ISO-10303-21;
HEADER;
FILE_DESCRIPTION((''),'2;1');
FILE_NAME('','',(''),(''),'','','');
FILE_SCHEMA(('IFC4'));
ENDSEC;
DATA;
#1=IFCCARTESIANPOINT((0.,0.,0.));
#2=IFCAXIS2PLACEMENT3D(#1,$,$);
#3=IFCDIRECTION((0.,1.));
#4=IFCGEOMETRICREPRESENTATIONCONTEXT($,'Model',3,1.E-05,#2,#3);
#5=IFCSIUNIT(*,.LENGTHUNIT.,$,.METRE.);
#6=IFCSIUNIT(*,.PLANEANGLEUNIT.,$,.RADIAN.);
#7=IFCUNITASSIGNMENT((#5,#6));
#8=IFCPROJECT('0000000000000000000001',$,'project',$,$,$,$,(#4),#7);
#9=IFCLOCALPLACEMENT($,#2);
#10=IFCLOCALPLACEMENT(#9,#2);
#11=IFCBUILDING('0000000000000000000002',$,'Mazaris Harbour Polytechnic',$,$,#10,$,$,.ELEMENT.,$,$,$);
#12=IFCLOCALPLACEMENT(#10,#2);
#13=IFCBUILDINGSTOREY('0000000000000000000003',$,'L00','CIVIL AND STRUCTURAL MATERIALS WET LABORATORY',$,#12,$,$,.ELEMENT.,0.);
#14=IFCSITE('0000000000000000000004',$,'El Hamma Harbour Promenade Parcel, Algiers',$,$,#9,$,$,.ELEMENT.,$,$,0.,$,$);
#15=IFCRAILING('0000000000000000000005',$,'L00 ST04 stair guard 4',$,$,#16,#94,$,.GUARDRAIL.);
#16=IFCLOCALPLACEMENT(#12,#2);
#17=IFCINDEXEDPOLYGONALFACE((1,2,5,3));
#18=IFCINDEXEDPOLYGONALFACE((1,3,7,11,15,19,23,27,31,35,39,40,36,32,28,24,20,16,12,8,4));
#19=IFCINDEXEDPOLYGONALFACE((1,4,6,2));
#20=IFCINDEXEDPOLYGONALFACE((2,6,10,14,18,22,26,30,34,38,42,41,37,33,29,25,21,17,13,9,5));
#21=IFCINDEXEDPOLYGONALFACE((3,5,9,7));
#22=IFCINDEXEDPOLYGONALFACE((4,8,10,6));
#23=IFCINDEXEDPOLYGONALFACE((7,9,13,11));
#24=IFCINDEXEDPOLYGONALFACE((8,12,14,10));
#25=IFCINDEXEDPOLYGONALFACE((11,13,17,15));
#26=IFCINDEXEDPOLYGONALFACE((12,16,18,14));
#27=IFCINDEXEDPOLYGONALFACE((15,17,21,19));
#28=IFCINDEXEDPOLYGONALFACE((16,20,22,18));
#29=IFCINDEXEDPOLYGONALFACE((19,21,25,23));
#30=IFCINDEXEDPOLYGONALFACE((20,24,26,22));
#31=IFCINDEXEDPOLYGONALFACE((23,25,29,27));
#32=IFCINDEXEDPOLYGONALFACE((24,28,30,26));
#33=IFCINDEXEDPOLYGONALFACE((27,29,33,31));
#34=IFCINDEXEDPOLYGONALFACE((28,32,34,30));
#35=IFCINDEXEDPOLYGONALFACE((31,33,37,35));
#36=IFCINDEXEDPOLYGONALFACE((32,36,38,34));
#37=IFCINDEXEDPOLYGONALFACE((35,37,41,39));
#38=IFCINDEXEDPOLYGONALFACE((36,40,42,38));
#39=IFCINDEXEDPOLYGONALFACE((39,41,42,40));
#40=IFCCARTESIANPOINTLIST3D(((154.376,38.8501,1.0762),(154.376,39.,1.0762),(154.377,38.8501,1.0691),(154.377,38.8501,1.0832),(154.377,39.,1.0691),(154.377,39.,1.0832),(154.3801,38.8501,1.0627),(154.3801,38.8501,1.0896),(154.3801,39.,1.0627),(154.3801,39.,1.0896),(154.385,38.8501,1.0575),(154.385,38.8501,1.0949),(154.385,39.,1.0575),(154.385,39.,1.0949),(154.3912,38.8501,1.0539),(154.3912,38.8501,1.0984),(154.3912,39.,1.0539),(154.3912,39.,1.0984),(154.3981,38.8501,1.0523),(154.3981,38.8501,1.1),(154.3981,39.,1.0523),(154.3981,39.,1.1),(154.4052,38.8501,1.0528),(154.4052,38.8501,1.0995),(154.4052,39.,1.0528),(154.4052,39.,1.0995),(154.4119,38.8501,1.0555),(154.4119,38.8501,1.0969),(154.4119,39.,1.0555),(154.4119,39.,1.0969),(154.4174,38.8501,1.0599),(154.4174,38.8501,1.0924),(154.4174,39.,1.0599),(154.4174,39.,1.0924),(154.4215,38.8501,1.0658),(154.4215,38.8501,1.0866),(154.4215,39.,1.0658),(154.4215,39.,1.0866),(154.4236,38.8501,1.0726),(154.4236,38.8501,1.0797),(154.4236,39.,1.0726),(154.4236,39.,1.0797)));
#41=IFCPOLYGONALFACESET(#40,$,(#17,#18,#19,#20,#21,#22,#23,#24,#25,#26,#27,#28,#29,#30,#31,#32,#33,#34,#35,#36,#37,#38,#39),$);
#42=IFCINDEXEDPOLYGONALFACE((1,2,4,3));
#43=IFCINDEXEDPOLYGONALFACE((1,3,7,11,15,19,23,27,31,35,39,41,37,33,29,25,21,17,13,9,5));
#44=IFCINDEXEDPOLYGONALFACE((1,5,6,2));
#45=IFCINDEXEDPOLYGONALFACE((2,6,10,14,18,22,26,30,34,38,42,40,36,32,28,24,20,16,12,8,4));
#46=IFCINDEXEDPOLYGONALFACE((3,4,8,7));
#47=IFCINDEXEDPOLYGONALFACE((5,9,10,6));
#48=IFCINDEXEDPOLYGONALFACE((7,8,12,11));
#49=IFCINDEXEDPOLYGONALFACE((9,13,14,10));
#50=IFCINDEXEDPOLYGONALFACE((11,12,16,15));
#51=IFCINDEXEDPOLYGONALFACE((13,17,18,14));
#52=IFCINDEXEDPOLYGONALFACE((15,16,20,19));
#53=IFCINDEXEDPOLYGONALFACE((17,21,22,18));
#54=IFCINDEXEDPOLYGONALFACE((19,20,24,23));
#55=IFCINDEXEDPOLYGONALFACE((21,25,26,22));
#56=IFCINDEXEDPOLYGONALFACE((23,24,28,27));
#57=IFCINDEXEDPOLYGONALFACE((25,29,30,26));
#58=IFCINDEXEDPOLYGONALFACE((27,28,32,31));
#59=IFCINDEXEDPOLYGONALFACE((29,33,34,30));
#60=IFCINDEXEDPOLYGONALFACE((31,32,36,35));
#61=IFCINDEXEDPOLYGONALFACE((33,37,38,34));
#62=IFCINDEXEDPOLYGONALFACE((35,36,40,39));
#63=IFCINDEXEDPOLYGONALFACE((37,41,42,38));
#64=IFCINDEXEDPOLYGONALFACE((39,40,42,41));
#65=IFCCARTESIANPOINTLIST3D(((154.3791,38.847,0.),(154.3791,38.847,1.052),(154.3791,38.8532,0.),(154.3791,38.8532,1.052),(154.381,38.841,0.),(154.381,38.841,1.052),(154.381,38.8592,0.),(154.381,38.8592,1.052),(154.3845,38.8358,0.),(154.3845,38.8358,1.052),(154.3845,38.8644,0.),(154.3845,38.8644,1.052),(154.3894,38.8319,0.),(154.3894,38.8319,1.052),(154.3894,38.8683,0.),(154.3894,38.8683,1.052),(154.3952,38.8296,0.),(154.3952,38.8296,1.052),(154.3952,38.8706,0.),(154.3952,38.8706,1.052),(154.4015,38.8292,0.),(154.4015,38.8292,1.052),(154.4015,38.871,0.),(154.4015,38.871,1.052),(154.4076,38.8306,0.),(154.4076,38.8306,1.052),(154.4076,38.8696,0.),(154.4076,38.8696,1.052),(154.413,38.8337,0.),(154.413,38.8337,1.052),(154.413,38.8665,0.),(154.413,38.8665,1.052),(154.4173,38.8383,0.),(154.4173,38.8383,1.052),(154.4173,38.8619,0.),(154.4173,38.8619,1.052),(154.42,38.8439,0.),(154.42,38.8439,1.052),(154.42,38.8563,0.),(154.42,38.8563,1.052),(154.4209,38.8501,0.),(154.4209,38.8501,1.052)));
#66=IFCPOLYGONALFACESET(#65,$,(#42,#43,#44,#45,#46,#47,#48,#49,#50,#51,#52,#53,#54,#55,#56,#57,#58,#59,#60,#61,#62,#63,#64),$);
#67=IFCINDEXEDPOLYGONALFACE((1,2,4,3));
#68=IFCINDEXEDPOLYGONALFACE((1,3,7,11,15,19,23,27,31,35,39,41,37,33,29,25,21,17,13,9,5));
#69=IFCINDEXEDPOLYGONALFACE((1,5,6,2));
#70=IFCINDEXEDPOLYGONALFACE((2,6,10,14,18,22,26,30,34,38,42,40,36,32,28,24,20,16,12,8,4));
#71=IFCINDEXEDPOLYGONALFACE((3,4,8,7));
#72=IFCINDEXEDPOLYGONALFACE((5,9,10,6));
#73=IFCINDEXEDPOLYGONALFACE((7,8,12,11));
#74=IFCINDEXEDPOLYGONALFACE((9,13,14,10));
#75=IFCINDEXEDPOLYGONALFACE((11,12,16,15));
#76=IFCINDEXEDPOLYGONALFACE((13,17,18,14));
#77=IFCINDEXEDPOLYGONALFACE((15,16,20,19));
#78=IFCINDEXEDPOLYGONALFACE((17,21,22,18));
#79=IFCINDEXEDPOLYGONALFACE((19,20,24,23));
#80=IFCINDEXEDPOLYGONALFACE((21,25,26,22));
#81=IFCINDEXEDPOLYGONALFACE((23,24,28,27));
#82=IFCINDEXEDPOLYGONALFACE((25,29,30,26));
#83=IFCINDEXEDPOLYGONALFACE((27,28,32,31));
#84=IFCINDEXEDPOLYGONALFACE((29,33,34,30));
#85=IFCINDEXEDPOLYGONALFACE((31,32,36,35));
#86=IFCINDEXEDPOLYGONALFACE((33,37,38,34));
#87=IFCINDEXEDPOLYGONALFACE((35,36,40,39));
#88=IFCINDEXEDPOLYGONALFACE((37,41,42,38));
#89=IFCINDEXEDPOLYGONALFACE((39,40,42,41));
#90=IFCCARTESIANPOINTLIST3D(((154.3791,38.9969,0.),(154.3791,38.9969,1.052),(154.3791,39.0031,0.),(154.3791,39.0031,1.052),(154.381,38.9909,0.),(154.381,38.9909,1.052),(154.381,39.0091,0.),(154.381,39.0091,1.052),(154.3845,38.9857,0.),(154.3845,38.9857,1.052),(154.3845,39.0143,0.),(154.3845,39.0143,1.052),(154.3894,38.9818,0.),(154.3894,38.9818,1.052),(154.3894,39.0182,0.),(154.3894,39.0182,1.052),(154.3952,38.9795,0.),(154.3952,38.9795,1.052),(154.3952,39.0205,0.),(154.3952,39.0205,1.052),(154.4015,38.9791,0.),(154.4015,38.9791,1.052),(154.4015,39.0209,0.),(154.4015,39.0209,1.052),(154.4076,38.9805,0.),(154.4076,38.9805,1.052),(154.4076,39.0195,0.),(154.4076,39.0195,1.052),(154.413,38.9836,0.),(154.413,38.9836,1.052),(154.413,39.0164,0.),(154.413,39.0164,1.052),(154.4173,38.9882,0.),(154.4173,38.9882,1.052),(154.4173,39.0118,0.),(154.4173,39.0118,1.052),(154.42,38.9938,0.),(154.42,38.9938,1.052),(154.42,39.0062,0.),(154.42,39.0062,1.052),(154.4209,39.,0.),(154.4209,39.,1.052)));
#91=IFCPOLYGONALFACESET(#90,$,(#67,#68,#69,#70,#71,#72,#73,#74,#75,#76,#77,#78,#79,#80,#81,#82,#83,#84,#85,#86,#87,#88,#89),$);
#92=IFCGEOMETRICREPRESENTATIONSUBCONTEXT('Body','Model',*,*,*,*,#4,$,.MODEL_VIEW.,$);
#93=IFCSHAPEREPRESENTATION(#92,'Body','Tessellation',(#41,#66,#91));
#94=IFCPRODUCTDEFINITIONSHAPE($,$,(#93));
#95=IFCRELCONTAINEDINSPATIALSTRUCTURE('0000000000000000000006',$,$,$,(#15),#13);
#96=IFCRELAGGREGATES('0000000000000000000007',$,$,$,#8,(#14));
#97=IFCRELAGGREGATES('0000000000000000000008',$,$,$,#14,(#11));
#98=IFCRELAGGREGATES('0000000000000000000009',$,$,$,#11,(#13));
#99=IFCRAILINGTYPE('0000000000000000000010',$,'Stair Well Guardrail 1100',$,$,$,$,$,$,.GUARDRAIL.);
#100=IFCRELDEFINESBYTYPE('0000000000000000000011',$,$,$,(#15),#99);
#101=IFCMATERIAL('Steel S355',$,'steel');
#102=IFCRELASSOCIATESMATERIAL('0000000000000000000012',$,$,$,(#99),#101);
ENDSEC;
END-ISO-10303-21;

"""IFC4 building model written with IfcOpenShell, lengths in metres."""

from ifc_helpers import new_model, si_unit, direction, frame, origin, origin_2d, place, context, subcontext, project, spatial, circle, extrude, material, type_object, element, save


model = new_model("IFC4")

# Units and contexts
model_context = context("Model", 3, precision=1e-05, world=origin(), true_north=direction((0.0, 1.0)))
body_context = subcontext(model_context, "Body", "Model", "MODEL_VIEW")
ifc_project = project(units=[si_unit("LENGTHUNIT", "METRE"), si_unit("PLANEANGLEUNIT", "RADIAN")], contexts=[model_context])

# Site, building, storey
site_placement = place(None, origin())
site = spatial("IfcSite", under=ifc_project, at=site_placement, Name="El Hamma Harbour Promenade Parcel, Algiers", CompositionType="ELEMENT", RefElevation=0.0)
building_placement = place(site_placement, origin())
building = spatial("IfcBuilding", under=site, at=building_placement, Name="Mazaris Harbour Polytechnic", CompositionType="ELEMENT")
storey_placement = place(building_placement, origin())
storey = spatial("IfcBuildingStorey", under=building, at=storey_placement, Name="L00", Description="CIVIL AND STRUCTURAL MATERIALS WET LABORATORY", CompositionType="ELEMENT", Elevation=0.0)

# Railing
ifc_material_1 = material(Name="Steel S355", Category="steel")
railing_type_1 = type_object("IfcRailingType", Name="Stair Well Guardrail 1100", PredefinedType="GUARDRAIL", material=ifc_material_1)
railing_1_placement = place(storey_placement, frame((154.3999, 38.8501, 0.0)))
element("IfcRailing", 1, at=railing_1_placement, inside=storey, type_object=railing_type_1, Name="L00 ST04 stair guard 4", PredefinedType="GUARDRAIL", context=body_context, shape_type="SweptSolid", body=[
    extrude(circle(Radius=0.0239, at=origin_2d()), frame((0.0, 0.0, 1.0762), z_axis=(0.0, 1.0, 0.0), x_axis=(-1.0, 0.0, 0.0)), (0.0, 0.0, 1.0), 0.1499),
    extrude(circle(Radius=0.021, at=origin_2d()), origin(), (0.0, 0.0, 1.0), 1.052),
    extrude(circle(Radius=0.021, at=origin_2d()), frame((0.0, 0.1499, 0.0)), (0.0, 0.0, 1.0), 1.052),
])

save(model, "model.ifc")
